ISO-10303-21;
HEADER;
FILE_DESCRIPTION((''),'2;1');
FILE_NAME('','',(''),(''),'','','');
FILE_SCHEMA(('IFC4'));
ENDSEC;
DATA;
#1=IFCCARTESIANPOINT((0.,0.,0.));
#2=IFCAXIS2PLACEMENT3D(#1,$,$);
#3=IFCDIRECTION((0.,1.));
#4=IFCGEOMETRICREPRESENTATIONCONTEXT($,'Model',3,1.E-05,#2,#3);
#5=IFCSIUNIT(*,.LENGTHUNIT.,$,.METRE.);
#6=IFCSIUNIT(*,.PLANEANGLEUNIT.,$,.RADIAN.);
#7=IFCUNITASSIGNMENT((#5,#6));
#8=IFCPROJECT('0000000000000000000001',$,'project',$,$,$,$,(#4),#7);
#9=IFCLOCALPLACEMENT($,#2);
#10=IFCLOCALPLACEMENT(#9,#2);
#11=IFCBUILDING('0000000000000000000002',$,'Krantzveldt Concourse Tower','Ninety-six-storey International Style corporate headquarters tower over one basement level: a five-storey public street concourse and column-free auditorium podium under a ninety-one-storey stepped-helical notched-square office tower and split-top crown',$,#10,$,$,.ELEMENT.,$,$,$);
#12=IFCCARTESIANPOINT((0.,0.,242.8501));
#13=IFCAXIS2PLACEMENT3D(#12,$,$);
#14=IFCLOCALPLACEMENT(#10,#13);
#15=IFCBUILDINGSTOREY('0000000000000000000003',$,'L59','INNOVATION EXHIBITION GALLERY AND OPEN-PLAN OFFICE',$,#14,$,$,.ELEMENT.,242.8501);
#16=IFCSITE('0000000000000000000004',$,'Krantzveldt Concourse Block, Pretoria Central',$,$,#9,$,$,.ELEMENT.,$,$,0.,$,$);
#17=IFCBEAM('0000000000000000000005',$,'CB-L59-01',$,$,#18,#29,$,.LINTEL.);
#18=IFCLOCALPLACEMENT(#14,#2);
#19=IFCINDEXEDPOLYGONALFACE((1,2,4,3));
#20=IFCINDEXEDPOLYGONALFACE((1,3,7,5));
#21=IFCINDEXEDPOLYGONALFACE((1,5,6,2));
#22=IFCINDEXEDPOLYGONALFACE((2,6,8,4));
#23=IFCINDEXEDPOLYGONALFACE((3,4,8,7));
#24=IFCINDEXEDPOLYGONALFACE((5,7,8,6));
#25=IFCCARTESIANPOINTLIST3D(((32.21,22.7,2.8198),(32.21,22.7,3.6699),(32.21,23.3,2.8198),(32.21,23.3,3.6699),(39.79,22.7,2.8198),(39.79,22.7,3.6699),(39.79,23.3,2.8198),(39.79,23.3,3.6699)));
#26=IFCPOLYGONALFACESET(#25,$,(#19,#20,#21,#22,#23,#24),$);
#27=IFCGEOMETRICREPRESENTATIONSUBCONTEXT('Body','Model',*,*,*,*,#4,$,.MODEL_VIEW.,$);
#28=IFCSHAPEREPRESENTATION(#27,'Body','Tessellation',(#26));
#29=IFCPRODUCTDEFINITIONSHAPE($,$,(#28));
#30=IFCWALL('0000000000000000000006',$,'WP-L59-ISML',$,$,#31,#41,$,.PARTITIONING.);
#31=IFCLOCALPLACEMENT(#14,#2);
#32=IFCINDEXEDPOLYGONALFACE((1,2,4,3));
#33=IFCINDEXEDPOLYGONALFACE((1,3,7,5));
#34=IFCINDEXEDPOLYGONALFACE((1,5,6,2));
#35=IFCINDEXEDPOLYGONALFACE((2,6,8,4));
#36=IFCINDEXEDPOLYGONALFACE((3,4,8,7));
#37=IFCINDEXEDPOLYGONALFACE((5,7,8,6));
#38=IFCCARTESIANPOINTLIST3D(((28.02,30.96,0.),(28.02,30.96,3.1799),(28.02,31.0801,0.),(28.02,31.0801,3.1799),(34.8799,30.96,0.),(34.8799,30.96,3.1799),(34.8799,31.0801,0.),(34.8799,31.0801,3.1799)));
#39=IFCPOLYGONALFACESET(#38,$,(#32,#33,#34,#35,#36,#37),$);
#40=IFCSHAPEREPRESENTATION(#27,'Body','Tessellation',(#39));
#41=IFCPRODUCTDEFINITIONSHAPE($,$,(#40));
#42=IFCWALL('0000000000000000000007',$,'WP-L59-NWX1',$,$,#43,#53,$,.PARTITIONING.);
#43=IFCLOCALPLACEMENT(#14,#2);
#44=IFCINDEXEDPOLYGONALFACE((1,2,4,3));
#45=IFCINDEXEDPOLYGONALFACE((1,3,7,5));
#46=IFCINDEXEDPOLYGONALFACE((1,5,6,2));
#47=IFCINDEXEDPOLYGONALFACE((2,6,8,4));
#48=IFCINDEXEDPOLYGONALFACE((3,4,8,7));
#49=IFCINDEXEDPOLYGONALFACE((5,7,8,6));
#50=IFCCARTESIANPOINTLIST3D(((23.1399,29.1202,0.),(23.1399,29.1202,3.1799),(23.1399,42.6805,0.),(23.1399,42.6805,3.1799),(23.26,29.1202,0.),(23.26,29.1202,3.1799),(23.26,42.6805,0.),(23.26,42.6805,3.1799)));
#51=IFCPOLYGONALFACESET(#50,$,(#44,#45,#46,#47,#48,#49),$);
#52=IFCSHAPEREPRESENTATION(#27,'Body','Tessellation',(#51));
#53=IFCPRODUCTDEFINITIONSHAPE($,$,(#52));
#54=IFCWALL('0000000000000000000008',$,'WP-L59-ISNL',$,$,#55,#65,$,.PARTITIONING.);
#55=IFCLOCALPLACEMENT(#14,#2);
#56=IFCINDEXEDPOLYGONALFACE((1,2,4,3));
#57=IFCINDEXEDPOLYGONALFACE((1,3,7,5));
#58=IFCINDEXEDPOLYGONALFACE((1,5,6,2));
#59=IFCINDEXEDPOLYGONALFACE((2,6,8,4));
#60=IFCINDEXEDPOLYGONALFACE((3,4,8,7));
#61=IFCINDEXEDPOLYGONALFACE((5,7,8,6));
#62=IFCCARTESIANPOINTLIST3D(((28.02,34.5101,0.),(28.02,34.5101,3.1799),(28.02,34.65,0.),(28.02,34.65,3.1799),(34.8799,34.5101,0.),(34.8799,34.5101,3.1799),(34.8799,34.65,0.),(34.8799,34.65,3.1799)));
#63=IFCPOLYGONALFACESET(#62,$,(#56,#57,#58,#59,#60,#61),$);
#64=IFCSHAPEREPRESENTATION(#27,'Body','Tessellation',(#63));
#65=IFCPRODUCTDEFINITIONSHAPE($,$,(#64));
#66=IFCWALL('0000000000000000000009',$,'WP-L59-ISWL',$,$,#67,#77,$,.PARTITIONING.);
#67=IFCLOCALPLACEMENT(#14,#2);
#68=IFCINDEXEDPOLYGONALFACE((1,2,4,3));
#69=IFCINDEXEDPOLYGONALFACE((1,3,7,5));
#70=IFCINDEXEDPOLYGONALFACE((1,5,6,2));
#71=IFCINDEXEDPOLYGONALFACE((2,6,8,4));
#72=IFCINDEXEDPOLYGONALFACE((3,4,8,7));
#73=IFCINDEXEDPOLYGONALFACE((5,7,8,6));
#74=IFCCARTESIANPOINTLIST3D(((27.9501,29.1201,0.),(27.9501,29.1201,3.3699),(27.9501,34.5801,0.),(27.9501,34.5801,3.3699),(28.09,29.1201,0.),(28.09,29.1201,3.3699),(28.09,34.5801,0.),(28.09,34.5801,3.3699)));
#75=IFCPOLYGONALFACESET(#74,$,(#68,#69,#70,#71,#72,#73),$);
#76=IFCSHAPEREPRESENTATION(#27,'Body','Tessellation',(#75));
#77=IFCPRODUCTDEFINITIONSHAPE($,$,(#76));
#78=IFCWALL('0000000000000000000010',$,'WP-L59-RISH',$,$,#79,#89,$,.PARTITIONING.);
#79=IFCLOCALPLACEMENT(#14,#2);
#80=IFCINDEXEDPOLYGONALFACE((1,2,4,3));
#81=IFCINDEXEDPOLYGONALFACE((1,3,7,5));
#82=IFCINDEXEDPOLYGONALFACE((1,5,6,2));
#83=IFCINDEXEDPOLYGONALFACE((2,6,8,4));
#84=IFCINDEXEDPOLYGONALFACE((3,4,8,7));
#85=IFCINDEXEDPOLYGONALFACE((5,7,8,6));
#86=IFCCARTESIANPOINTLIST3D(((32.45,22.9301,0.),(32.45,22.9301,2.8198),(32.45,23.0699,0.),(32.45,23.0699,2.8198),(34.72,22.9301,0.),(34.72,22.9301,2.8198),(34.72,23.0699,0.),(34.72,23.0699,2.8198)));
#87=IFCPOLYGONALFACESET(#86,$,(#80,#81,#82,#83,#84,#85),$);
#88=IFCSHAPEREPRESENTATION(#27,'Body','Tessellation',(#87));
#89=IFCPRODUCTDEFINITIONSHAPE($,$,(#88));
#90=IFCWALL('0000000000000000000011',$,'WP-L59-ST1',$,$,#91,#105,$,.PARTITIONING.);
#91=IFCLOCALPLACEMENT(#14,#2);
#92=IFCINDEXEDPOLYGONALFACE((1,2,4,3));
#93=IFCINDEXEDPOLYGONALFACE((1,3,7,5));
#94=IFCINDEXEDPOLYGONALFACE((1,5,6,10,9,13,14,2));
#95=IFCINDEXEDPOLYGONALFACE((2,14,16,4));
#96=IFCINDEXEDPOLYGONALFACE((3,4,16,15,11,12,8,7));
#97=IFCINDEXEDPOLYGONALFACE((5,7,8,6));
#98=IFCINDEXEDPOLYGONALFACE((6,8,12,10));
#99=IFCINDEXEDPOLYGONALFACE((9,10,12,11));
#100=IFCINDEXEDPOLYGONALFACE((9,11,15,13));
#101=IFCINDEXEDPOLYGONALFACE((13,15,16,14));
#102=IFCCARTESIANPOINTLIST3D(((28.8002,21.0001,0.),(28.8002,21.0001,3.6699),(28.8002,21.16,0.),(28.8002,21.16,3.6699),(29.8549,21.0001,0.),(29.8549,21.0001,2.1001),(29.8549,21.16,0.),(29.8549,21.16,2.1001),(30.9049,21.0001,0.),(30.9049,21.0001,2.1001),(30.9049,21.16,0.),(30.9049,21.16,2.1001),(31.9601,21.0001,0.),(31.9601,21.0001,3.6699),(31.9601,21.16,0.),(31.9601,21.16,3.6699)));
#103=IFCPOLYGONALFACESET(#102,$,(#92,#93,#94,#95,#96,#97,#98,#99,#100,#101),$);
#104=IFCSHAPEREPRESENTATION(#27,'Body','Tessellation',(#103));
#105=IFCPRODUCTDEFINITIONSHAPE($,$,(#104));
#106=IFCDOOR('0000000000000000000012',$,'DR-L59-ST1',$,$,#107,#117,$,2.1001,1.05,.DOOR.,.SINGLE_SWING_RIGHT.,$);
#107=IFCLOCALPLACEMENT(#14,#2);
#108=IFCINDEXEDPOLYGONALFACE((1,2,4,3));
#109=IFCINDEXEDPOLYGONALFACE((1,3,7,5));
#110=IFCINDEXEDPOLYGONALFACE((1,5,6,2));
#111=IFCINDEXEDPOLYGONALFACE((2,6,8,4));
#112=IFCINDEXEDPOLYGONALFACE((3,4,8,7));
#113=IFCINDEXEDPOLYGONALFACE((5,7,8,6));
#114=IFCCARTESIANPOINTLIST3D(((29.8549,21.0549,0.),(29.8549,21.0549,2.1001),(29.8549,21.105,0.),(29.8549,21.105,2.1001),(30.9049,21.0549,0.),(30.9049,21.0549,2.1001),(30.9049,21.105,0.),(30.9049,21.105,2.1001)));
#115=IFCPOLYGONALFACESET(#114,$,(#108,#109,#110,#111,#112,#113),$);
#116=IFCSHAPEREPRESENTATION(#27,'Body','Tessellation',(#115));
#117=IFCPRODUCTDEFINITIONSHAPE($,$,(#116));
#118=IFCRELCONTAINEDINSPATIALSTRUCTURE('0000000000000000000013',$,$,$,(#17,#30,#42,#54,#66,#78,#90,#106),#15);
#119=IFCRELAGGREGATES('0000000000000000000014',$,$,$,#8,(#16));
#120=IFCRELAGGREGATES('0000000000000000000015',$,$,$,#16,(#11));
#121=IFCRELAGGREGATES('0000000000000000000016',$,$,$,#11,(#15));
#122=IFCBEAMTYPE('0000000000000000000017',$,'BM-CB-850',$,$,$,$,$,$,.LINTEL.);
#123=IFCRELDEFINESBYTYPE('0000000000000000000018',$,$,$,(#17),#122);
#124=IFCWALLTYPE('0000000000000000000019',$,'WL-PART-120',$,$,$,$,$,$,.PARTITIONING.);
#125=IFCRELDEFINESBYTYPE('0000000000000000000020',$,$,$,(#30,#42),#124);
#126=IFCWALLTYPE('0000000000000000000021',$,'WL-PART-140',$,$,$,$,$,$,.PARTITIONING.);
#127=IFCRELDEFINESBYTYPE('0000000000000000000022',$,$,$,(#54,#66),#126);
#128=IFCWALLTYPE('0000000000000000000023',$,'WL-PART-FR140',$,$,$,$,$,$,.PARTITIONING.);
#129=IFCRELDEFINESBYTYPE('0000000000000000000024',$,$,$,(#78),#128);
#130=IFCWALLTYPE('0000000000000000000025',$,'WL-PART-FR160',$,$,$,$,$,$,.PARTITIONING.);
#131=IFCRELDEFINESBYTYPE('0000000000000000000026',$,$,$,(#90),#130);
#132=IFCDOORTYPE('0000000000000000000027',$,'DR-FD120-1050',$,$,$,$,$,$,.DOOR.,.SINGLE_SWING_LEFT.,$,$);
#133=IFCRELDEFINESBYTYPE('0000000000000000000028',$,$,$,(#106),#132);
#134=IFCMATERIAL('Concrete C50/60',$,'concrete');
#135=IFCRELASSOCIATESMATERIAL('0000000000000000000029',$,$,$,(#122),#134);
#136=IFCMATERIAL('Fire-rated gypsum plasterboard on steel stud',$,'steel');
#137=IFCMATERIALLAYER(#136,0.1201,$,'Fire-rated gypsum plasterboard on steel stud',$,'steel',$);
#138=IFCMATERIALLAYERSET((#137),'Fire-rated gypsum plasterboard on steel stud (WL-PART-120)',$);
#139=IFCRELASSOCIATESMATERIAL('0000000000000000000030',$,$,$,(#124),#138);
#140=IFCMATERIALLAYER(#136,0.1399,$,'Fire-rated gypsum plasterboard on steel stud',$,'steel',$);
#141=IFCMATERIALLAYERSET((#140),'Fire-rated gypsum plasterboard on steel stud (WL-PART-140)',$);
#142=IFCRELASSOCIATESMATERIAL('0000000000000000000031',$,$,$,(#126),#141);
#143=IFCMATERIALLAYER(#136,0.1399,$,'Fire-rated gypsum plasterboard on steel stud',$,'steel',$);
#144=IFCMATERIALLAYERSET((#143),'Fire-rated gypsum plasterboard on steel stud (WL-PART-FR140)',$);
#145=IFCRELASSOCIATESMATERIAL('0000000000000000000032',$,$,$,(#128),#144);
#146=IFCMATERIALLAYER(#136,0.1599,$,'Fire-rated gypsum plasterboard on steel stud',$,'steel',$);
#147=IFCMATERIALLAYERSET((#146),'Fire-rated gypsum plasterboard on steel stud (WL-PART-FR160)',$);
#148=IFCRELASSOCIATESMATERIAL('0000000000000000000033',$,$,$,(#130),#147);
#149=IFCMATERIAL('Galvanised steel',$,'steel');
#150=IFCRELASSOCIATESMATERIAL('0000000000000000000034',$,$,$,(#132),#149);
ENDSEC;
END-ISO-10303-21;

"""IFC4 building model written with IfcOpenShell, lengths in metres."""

from ifc_helpers import new_model, si_unit, direction, frame, frame_2d, origin, origin_2d, place, context, subcontext, project, spatial, rectangle, extrude, source, transform, mapped, material, layer, layer_set, material_profile, profile_set, type_object, type_shapes, element, fill, save


model = new_model("IFC4")

# Units and contexts
model_context = context("Model", 3, precision=1e-05, world=origin(), true_north=direction((0.0, 1.0)))
body_context = subcontext(model_context, "Body", "Model", "MODEL_VIEW")
ifc_project = project(units=[si_unit("LENGTHUNIT", "METRE"), si_unit("PLANEANGLEUNIT", "RADIAN")], contexts=[model_context])

# Site, building, storey
site_placement = place(None, origin())
site = spatial("IfcSite", under=ifc_project, at=site_placement, Name="Krantzveldt Concourse Block, Pretoria Central", CompositionType="ELEMENT", RefElevation=0.0)
building_placement = place(site_placement, origin())
building = spatial("IfcBuilding", under=site, at=building_placement, Name="Krantzveldt Concourse Tower", Description="Ninety-six-storey International Style corporate headquarters tower over one basement level: a five-storey public street concourse and column-free auditorium podium under a ninety-one-storey stepped-helical notched-square office tower and split-top crown", CompositionType="ELEMENT")
storey_placement = place(building_placement, frame((0.0, 0.0, 242.8501)))
storey = spatial("IfcBuildingStorey", under=building, at=storey_placement, Name="L59", Description="INNOVATION EXHIBITION GALLERY AND OPEN-PLAN OFFICE", CompositionType="ELEMENT", Elevation=242.8501)

# Beam
ifc_material_1 = material(Name="Concrete C50/60", Category="concrete")
ifc_material_profile_1 = material_profile(ifc_material_1, rectangle(XDim=0.6001, YDim=0.8501, at=origin_2d()), Name="Concrete C50/60", Category="concrete")
ifc_profile_set_1 = profile_set([ifc_material_profile_1], Name="Concrete C50/60 - RC-CB 600x850")
beam_type_1 = type_object("IfcBeamType", Name="BM-CB-850", PredefinedType="LINTEL", material=ifc_profile_set_1)
shared_shape_1 = source(origin(), body_context, "Body", "SweptSolid", [
    extrude(rectangle(XDim=0.6001, YDim=0.8501, at=origin_2d()), origin(), (0.0, 0.0, 1.0), 7.5801),
])
type_shapes(beam_type_1, [shared_shape_1])
beam_1_placement = place(storey_placement, frame((32.21, 23.0, 3.2449), z_axis=(1.0, 0.0, 0.0), x_axis=(0.0, 1.0, 0.0)))
element("IfcBeam", 1, at=beam_1_placement, inside=storey, type_object=beam_type_1, Name="CB-L59-01", PredefinedType="LINTEL", context=body_context, shape_type="MappedRepresentation", body=[
    mapped(shared_shape_1, transform((0.0, 0.0, 0.0), x_axis=(1.0, 0.0, 0.0), y_axis=(0.0, 1.0, 0.0), z_axis=(0.0, 0.0, 1.0), scale=1.0)),
])

# Walls
ifc_material_2 = material(Name="Fire-rated gypsum plasterboard on steel stud", Category="steel")
ifc_layer_1 = layer(ifc_material_2, 0.1201, Name="Fire-rated gypsum plasterboard on steel stud", Category="steel")
ifc_layer_set_1 = layer_set([ifc_layer_1], Name="Fire-rated gypsum plasterboard on steel stud (WL-PART-120)")
wall_type_1 = type_object("IfcWallType", Name="WL-PART-120", PredefinedType="PARTITIONING", material=ifc_layer_set_1)
wall_1_placement = place(storey_placement, frame((28.02, 31.02, 0.0), z_axis=(0.0, 0.0, 1.0), x_axis=(1.0, 0.0, 0.0)))
element("IfcWall", 2, at=wall_1_placement, inside=storey, type_object=wall_type_1, Name="WP-L59-ISML", PredefinedType="PARTITIONING", context=body_context, shape_type="SweptSolid", body=[
    extrude(rectangle(XDim=6.8599, YDim=0.1201, at=frame_2d((3.4299, 0.0))), origin(), (0.0, 0.0, 1.0), 3.1799),
])
wall_2_placement = place(storey_placement, frame((23.2, 29.1201, 0.0), z_axis=(0.0, 0.0, 1.0), x_axis=(0.0, 1.0, 0.0)))
element("IfcWall", 3, at=wall_2_placement, inside=storey, type_object=wall_type_1, Name="WP-L59-NWX1", PredefinedType="PARTITIONING", context=body_context, shape_type="SweptSolid", body=[
    extrude(rectangle(XDim=13.5603, YDim=0.1201, at=frame_2d((6.7803, 0.0))), origin(), (0.0, 0.0, 1.0), 3.1799),
])
ifc_layer_2 = layer(ifc_material_2, 0.1399, Name="Fire-rated gypsum plasterboard on steel stud", Category="steel")
ifc_layer_set_2 = layer_set([ifc_layer_2], Name="Fire-rated gypsum plasterboard on steel stud (WL-PART-140)")
wall_type_2 = type_object("IfcWallType", Name="WL-PART-140", PredefinedType="PARTITIONING", material=ifc_layer_set_2)
wall_3_placement = place(storey_placement, frame((28.02, 34.5801, 0.0), z_axis=(0.0, 0.0, 1.0), x_axis=(1.0, 0.0, 0.0)))
element("IfcWall", 4, at=wall_3_placement, inside=storey, type_object=wall_type_2, Name="WP-L59-ISNL", PredefinedType="PARTITIONING", context=body_context, shape_type="SweptSolid", body=[
    extrude(rectangle(XDim=6.8599, YDim=0.1399, at=frame_2d((3.4299, 0.0))), origin(), (0.0, 0.0, 1.0), 3.1799),
])
wall_4_placement = place(storey_placement, frame((28.02, 29.1201, 0.0), z_axis=(0.0, 0.0, 1.0), x_axis=(0.0, 1.0, 0.0)))
element("IfcWall", 5, at=wall_4_placement, inside=storey, type_object=wall_type_2, Name="WP-L59-ISWL", PredefinedType="PARTITIONING", context=body_context, shape_type="SweptSolid", body=[
    extrude(rectangle(XDim=5.46, YDim=0.1399, at=frame_2d((2.73, 0.0))), origin(), (0.0, 0.0, 1.0), 3.3699),
])
ifc_layer_3 = layer(ifc_material_2, 0.1399, Name="Fire-rated gypsum plasterboard on steel stud", Category="steel")
ifc_layer_set_3 = layer_set([ifc_layer_3], Name="Fire-rated gypsum plasterboard on steel stud (WL-PART-FR140)")
wall_type_3 = type_object("IfcWallType", Name="WL-PART-FR140", PredefinedType="PARTITIONING", material=ifc_layer_set_3)
wall_5_placement = place(storey_placement, frame((32.45, 23.0, 0.0), z_axis=(0.0, 0.0, 1.0), x_axis=(1.0, 0.0, 0.0)))
element("IfcWall", 6, at=wall_5_placement, inside=storey, type_object=wall_type_3, Name="WP-L59-RISH", PredefinedType="PARTITIONING", context=body_context, shape_type="SweptSolid", body=[
    extrude(rectangle(XDim=2.27, YDim=0.1399, at=frame_2d((1.135, 0.0))), origin(), (0.0, 0.0, 1.0), 2.8198),
])

# Wall, opening, door
ifc_layer_4 = layer(ifc_material_2, 0.1599, Name="Fire-rated gypsum plasterboard on steel stud", Category="steel")
ifc_layer_set_4 = layer_set([ifc_layer_4], Name="Fire-rated gypsum plasterboard on steel stud (WL-PART-FR160)")
wall_type_4 = type_object("IfcWallType", Name="WL-PART-FR160", PredefinedType="PARTITIONING", material=ifc_layer_set_4)
wall_6_placement = place(storey_placement, frame((28.8, 21.0801, 0.0), z_axis=(0.0, 0.0, 1.0), x_axis=(1.0, 0.0, 0.0)))
wall_6 = element("IfcWall", 7, at=wall_6_placement, inside=storey, type_object=wall_type_4, Name="WP-L59-ST1", PredefinedType="PARTITIONING", context=body_context, shape_type="SweptSolid", body=[
    extrude(rectangle(XDim=3.1599, YDim=0.1599, at=frame_2d((1.5801, 0.0))), origin(), (0.0, 0.0, 1.0), 3.6699),
])
opening_1_placement = place(wall_6_placement, frame((1.0549, 0.0, 0.0)))
opening_1 = element("IfcOpeningElement", 8, at=opening_1_placement, cuts=wall_6, PredefinedType="OPENING", context=body_context, shape_type="SweptSolid", body=[
    extrude(rectangle(XDim=1.05, YDim=2.1001, at=frame_2d((0.5249, 1.05))), frame((0.0, 0.0898, 0.0), z_axis=(0.0, -1.0, 0.0), x_axis=(1.0, 0.0, 0.0)), (0.0, 0.0, 1.0), 0.1799),
])
ifc_material_3 = material(Name="Galvanised steel", Category="steel")
door_type_1 = type_object("IfcDoorType", Name="DR-FD120-1050", OperationType="SINGLE_SWING_LEFT", PredefinedType="DOOR", material=ifc_material_3)
door_1_placement = place(opening_1_placement, origin())
door_1 = element("IfcDoor", 9, at=door_1_placement, inside=storey, type_object=door_type_1, Name="DR-L59-ST1", OperationType="SINGLE_SWING_RIGHT", OverallHeight=2.1001, OverallWidth=1.05, PredefinedType="DOOR", context=body_context, shape_type="SweptSolid", body=[
    extrude(rectangle(XDim=1.05, YDim=2.1001, at=frame_2d((0.5249, 1.05))), frame((0.0, 0.0249, 0.0), z_axis=(0.0, -1.0, 0.0), x_axis=(1.0, 0.0, 0.0)), (0.0, 0.0, 1.0), 0.05),
])
fill(opening_1, door_1)

save(model, "model.ifc")
